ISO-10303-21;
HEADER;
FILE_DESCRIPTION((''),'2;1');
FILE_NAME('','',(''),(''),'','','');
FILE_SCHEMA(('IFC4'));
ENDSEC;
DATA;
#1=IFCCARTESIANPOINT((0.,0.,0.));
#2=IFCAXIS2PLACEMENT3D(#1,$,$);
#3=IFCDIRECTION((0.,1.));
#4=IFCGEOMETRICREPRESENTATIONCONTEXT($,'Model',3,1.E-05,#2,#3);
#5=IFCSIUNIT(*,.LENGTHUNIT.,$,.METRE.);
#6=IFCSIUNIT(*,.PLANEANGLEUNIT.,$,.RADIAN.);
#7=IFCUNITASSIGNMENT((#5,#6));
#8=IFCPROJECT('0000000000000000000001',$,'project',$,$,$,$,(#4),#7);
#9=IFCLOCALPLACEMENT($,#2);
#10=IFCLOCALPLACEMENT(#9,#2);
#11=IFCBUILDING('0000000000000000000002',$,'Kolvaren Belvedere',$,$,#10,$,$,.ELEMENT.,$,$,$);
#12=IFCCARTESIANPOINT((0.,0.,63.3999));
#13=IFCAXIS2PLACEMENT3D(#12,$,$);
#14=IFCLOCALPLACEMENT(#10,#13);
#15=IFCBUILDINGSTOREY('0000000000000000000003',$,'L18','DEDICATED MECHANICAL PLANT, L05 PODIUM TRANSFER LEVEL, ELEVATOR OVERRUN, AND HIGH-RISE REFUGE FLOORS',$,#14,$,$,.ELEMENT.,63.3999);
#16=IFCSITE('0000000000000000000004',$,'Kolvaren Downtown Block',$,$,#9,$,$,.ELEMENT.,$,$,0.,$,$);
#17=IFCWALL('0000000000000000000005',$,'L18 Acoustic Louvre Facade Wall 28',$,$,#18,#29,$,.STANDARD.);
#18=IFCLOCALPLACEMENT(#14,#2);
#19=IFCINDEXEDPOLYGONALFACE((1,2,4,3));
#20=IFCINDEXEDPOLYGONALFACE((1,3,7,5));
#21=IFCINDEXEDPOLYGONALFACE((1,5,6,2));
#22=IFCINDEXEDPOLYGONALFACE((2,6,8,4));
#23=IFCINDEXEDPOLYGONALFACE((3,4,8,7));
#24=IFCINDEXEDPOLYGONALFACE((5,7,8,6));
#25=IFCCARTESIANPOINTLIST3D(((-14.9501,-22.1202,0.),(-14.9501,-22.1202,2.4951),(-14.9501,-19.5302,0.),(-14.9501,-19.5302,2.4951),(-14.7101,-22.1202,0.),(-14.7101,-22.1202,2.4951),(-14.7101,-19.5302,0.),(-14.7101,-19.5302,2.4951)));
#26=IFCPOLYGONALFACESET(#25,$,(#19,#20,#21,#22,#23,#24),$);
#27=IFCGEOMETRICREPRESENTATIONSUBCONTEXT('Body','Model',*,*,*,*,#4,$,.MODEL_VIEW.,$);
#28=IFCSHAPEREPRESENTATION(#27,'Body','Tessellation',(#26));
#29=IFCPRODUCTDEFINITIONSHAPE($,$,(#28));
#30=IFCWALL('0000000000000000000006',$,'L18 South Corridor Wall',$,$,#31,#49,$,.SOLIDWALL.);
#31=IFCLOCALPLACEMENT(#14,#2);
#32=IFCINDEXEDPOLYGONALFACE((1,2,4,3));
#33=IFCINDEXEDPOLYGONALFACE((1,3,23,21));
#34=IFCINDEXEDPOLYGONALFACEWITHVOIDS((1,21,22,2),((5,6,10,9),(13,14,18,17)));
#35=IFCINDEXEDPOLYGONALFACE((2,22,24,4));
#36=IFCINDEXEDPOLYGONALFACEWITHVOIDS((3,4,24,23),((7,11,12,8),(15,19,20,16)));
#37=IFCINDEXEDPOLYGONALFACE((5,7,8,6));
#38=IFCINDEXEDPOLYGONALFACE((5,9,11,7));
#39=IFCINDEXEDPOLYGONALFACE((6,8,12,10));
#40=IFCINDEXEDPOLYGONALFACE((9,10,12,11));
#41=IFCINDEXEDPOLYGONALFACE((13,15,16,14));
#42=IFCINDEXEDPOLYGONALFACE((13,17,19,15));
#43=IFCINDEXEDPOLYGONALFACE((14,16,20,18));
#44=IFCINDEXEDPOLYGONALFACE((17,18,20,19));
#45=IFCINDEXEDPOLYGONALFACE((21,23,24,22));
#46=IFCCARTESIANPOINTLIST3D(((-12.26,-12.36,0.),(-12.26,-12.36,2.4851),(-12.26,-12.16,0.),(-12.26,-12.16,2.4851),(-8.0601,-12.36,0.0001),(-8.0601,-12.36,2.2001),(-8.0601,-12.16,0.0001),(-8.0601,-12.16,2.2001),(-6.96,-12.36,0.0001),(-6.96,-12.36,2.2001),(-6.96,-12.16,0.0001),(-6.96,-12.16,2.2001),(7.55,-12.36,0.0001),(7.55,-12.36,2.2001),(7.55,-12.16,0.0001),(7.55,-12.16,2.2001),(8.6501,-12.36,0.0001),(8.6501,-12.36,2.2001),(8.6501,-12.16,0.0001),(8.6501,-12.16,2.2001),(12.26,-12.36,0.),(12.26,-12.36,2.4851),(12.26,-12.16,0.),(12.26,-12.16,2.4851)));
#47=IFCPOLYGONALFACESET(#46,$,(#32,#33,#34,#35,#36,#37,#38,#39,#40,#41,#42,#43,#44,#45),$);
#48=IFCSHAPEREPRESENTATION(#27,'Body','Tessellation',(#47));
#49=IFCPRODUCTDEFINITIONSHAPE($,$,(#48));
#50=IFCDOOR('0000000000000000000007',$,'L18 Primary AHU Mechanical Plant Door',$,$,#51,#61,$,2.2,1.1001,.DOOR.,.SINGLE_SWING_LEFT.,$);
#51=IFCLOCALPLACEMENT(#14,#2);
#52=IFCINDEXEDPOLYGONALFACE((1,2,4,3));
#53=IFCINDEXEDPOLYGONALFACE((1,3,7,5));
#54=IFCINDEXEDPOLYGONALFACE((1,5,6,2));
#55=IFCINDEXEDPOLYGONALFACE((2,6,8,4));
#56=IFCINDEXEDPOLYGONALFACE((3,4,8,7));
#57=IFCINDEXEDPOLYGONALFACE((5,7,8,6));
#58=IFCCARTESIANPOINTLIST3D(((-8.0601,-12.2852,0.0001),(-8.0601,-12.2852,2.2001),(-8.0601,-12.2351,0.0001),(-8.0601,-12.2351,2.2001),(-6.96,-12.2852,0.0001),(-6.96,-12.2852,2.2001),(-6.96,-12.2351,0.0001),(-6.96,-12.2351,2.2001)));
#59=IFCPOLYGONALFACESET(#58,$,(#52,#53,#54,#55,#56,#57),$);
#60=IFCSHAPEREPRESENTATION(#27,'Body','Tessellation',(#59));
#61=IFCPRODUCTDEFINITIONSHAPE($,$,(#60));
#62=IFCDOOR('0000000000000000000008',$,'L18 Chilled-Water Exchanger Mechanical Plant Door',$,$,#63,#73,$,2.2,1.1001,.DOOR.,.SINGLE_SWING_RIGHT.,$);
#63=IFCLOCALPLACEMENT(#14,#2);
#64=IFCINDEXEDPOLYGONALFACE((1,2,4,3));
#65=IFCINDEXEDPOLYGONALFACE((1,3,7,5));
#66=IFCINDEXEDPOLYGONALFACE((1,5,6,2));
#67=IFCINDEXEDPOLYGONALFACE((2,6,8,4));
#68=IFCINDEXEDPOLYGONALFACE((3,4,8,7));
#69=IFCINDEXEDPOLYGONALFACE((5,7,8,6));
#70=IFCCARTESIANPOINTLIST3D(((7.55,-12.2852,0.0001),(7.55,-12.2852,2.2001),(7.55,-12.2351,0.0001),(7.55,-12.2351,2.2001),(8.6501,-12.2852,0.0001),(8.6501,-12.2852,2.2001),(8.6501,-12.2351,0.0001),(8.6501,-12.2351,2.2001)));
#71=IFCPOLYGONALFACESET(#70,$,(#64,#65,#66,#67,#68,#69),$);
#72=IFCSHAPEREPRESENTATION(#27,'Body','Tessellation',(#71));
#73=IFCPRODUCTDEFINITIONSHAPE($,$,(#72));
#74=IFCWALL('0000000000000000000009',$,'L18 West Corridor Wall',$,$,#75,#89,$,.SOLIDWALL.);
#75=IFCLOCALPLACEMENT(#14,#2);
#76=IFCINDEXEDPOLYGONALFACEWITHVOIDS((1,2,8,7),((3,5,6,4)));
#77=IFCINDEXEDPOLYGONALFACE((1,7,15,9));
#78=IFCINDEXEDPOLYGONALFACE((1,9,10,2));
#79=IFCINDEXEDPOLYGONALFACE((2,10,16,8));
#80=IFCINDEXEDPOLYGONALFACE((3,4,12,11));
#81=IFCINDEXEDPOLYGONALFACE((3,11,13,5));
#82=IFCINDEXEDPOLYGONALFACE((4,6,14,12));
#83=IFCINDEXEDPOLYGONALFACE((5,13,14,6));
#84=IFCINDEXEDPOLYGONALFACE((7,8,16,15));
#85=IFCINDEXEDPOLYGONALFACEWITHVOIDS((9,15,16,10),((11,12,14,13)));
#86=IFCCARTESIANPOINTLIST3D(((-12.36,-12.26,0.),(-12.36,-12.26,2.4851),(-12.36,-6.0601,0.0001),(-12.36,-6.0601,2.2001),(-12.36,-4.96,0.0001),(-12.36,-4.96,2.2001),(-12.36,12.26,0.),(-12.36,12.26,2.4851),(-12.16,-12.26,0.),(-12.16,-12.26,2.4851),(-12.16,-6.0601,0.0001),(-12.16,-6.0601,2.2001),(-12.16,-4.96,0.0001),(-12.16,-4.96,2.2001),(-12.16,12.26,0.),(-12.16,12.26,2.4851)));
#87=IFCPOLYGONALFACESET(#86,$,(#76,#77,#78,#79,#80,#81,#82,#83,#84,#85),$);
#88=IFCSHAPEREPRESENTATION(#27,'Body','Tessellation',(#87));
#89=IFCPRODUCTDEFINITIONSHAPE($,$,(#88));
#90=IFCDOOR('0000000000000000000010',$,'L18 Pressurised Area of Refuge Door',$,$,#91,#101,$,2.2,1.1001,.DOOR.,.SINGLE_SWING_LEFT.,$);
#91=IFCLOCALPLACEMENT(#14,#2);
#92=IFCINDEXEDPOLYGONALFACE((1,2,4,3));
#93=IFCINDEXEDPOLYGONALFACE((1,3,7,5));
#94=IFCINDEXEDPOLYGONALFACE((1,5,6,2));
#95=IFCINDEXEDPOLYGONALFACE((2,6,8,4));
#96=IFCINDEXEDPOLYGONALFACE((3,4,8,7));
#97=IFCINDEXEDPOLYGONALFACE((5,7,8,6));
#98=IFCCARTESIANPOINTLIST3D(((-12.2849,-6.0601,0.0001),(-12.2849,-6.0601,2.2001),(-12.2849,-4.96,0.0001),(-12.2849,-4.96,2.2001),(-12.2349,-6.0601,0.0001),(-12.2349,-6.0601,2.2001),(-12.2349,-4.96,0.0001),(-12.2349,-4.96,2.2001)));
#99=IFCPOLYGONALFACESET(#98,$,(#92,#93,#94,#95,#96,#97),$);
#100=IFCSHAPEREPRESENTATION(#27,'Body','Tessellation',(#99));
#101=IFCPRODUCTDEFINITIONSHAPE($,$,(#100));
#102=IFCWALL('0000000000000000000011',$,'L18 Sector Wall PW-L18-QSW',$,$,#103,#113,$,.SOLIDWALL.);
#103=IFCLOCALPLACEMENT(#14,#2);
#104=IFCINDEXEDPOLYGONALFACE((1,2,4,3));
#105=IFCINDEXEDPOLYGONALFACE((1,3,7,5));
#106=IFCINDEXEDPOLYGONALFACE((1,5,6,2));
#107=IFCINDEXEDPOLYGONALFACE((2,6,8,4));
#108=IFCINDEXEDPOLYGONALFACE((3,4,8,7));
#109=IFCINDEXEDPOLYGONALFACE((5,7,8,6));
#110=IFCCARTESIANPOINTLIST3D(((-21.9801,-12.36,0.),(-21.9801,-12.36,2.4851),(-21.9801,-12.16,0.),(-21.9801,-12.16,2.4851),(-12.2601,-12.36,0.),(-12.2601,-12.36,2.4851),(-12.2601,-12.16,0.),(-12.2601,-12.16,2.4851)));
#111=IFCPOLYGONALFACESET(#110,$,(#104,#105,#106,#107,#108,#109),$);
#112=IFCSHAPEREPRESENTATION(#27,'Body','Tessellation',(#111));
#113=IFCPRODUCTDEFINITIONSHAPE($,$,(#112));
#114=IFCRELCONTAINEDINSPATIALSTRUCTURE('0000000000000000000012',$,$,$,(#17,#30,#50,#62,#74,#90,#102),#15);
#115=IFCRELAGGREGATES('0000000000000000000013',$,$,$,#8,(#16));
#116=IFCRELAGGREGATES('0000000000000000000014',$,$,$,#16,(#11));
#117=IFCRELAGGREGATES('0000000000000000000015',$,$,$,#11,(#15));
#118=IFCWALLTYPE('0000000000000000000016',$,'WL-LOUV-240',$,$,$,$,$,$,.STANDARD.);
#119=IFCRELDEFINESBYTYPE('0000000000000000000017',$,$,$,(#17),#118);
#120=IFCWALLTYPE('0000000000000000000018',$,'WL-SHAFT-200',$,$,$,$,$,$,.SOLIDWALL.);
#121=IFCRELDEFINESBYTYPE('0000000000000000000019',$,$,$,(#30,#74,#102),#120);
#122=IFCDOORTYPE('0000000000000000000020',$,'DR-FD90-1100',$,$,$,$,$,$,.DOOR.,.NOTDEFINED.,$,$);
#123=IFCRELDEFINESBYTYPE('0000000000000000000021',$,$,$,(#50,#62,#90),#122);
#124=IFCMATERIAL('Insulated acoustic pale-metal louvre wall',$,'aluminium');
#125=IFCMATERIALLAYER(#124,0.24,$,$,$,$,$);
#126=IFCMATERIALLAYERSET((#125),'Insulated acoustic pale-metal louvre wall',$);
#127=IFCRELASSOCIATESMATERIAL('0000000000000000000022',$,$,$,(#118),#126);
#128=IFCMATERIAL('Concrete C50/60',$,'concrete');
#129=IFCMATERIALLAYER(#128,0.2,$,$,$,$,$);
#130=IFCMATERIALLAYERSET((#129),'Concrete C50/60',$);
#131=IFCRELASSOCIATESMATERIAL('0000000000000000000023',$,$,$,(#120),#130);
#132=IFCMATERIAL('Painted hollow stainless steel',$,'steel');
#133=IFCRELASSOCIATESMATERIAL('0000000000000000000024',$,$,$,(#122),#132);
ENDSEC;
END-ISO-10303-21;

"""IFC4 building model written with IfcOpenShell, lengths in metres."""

from ifc_helpers import new_model, si_unit, direction, frame, frame_2d, origin, place, context, subcontext, project, spatial, rectangle, extrude, material, layer, layer_set, type_object, element, fill, save


model = new_model("IFC4")

# Units and contexts
model_context = context("Model", 3, precision=1e-05, world=origin(), true_north=direction((0.0, 1.0)))
body_context = subcontext(model_context, "Body", "Model", "MODEL_VIEW")
ifc_project = project(units=[si_unit("LENGTHUNIT", "METRE"), si_unit("PLANEANGLEUNIT", "RADIAN")], contexts=[model_context])

# Site, building, storey
site_placement = place(None, origin())
site = spatial("IfcSite", under=ifc_project, at=site_placement, Name="Kolvaren Downtown Block", CompositionType="ELEMENT", RefElevation=0.0)
building_placement = place(site_placement, origin())
building = spatial("IfcBuilding", under=site, at=building_placement, Name="Kolvaren Belvedere", CompositionType="ELEMENT")
storey_placement = place(building_placement, frame((0.0, 0.0, 63.3999)))
storey = spatial("IfcBuildingStorey", under=building, at=storey_placement, Name="L18", Description="DEDICATED MECHANICAL PLANT, L05 PODIUM TRANSFER LEVEL, ELEVATOR OVERRUN, AND HIGH-RISE REFUGE FLOORS", CompositionType="ELEMENT", Elevation=63.3999)

# Wall
ifc_material_1 = material(Name="Insulated acoustic pale-metal louvre wall", Category="aluminium")
ifc_layer_1 = layer(ifc_material_1, 0.24)
ifc_layer_set_1 = layer_set([ifc_layer_1], Name="Insulated acoustic pale-metal louvre wall")
wall_type_1 = type_object("IfcWallType", Name="WL-LOUV-240", PredefinedType="STANDARD", material=ifc_layer_set_1)
wall_1_placement = place(storey_placement, frame((-14.8301, -22.1201, 0.0), z_axis=(0.0, 0.0, 1.0), x_axis=(0.0, 1.0, 0.0)))
element("IfcWall", 1, at=wall_1_placement, inside=storey, type_object=wall_type_1, Name="L18 Acoustic Louvre Facade Wall 28", PredefinedType="STANDARD", context=body_context, shape_type="SweptSolid", body=[
    extrude(rectangle(XDim=2.5901, YDim=0.24, at=frame_2d((1.2949, 0.0))), origin(), (0.0, 0.0, 1.0), 2.4951),
])

# Wall, openings, doors
ifc_material_2 = material(Name="Concrete C50/60", Category="concrete")
ifc_layer_2 = layer(ifc_material_2, 0.2)
ifc_layer_set_2 = layer_set([ifc_layer_2], Name="Concrete C50/60")
wall_type_2 = type_object("IfcWallType", Name="WL-SHAFT-200", PredefinedType="SOLIDWALL", material=ifc_layer_set_2)
wall_2_placement = place(storey_placement, frame((-12.26, -12.26, 0.0), z_axis=(0.0, 0.0, 1.0), x_axis=(1.0, 0.0, 0.0)))
wall_2 = element("IfcWall", 2, at=wall_2_placement, inside=storey, type_object=wall_type_2, Name="L18 South Corridor Wall", PredefinedType="SOLIDWALL", context=body_context, shape_type="SweptSolid", body=[
    extrude(rectangle(XDim=24.52, YDim=0.2, at=frame_2d((12.26, 0.0))), origin(), (0.0, 0.0, 1.0), 2.4851),
])
opening_1_placement = place(wall_2_placement, frame((4.2, 0.0, 0.0)))
opening_1 = element("IfcOpeningElement", 3, at=opening_1_placement, cuts=wall_2, PredefinedType="OPENING", context=body_context, shape_type="SweptSolid", body=[
    extrude(rectangle(XDim=1.1001, YDim=2.2, at=frame_2d((0.55, 1.1001))), frame((0.0, 0.1099, 0.0), z_axis=(0.0, -1.0, 0.0), x_axis=(1.0, 0.0, 0.0)), (0.0, 0.0, 1.0), 0.22),
])
opening_2_placement = place(wall_2_placement, frame((19.8101, 0.0, 0.0)))
opening_2 = element("IfcOpeningElement", 4, at=opening_2_placement, cuts=wall_2, PredefinedType="OPENING", context=body_context, shape_type="SweptSolid", body=[
    extrude(rectangle(XDim=1.1001, YDim=2.2, at=frame_2d((0.55, 1.1001))), frame((0.0, 0.1099, 0.0), z_axis=(0.0, -1.0, 0.0), x_axis=(1.0, 0.0, 0.0)), (0.0, 0.0, 1.0), 0.22),
])
ifc_material_3 = material(Name="Painted hollow stainless steel", Category="steel")
door_type = type_object("IfcDoorType", Name="DR-FD90-1100", OperationType="NOTDEFINED", PredefinedType="DOOR", material=ifc_material_3)
door_1_placement = place(opening_1_placement, origin())
door_1 = element("IfcDoor", 5, at=door_1_placement, inside=storey, type_object=door_type, Name="L18 Primary AHU Mechanical Plant Door", OperationType="SINGLE_SWING_LEFT", OverallHeight=2.2, OverallWidth=1.1001, PredefinedType="DOOR", context=body_context, shape_type="SweptSolid", body=[
    extrude(rectangle(XDim=1.1001, YDim=2.2, at=frame_2d((0.55, 1.1001))), frame((0.0, 0.0249, 0.0), z_axis=(0.0, -1.0, 0.0), x_axis=(1.0, 0.0, 0.0)), (0.0, 0.0, 1.0), 0.05),
])
fill(opening_1, door_1)
door_2_placement = place(opening_2_placement, origin())
door_2 = element("IfcDoor", 6, at=door_2_placement, inside=storey, type_object=door_type, Name="L18 Chilled-Water Exchanger Mechanical Plant Door", OperationType="SINGLE_SWING_RIGHT", OverallHeight=2.2, OverallWidth=1.1001, PredefinedType="DOOR", context=body_context, shape_type="SweptSolid", body=[
    extrude(rectangle(XDim=1.1001, YDim=2.2, at=frame_2d((0.55, 1.1001))), frame((0.0, 0.0249, 0.0), z_axis=(0.0, -1.0, 0.0), x_axis=(1.0, 0.0, 0.0)), (0.0, 0.0, 1.0), 0.05),
])
fill(opening_2, door_2)

# Wall, opening, door
wall_3_placement = place(storey_placement, frame((-12.26, -12.26, 0.0), z_axis=(0.0, 0.0, 1.0), x_axis=(0.0, 1.0, 0.0)))
wall_3 = element("IfcWall", 7, at=wall_3_placement, inside=storey, type_object=wall_type_2, Name="L18 West Corridor Wall", PredefinedType="SOLIDWALL", context=body_context, shape_type="SweptSolid", body=[
    extrude(rectangle(XDim=24.52, YDim=0.2, at=frame_2d((12.26, 0.0))), origin(), (0.0, 0.0, 1.0), 2.4851),
])
opening_3_placement = place(wall_3_placement, frame((6.2, 0.0, 0.0)))
opening_3 = element("IfcOpeningElement", 8, at=opening_3_placement, cuts=wall_3, PredefinedType="OPENING", context=body_context, shape_type="SweptSolid", body=[
    extrude(rectangle(XDim=1.1001, YDim=2.2, at=frame_2d((0.55, 1.1001))), frame((0.0, 0.1099, 0.0), z_axis=(0.0, -1.0, 0.0), x_axis=(1.0, 0.0, 0.0)), (0.0, 0.0, 1.0), 0.22),
])
door_3_placement = place(opening_3_placement, origin())
door_3 = element("IfcDoor", 9, at=door_3_placement, inside=storey, type_object=door_type, Name="L18 Pressurised Area of Refuge Door", OperationType="SINGLE_SWING_LEFT", OverallHeight=2.2, OverallWidth=1.1001, PredefinedType="DOOR", context=body_context, shape_type="SweptSolid", body=[
    extrude(rectangle(XDim=1.1001, YDim=2.2, at=frame_2d((0.55, 1.1001))), frame((0.0, 0.0249, 0.0), z_axis=(0.0, -1.0, 0.0), x_axis=(1.0, 0.0, 0.0)), (0.0, 0.0, 1.0), 0.05),
])
fill(opening_3, door_3)

# Wall
wall_4_placement = place(storey_placement, frame((-21.98, -12.26, 0.0), z_axis=(0.0, 0.0, 1.0), x_axis=(1.0, 0.0, 0.0)))
element("IfcWall", 10, at=wall_4_placement, inside=storey, type_object=wall_type_2, Name="L18 Sector Wall PW-L18-QSW", PredefinedType="SOLIDWALL", context=body_context, shape_type="SweptSolid", body=[
    extrude(rectangle(XDim=9.72, YDim=0.2, at=frame_2d((4.8599, 0.0))), origin(), (0.0, 0.0, 1.0), 2.4851),
])

save(model, "model.ifc")
